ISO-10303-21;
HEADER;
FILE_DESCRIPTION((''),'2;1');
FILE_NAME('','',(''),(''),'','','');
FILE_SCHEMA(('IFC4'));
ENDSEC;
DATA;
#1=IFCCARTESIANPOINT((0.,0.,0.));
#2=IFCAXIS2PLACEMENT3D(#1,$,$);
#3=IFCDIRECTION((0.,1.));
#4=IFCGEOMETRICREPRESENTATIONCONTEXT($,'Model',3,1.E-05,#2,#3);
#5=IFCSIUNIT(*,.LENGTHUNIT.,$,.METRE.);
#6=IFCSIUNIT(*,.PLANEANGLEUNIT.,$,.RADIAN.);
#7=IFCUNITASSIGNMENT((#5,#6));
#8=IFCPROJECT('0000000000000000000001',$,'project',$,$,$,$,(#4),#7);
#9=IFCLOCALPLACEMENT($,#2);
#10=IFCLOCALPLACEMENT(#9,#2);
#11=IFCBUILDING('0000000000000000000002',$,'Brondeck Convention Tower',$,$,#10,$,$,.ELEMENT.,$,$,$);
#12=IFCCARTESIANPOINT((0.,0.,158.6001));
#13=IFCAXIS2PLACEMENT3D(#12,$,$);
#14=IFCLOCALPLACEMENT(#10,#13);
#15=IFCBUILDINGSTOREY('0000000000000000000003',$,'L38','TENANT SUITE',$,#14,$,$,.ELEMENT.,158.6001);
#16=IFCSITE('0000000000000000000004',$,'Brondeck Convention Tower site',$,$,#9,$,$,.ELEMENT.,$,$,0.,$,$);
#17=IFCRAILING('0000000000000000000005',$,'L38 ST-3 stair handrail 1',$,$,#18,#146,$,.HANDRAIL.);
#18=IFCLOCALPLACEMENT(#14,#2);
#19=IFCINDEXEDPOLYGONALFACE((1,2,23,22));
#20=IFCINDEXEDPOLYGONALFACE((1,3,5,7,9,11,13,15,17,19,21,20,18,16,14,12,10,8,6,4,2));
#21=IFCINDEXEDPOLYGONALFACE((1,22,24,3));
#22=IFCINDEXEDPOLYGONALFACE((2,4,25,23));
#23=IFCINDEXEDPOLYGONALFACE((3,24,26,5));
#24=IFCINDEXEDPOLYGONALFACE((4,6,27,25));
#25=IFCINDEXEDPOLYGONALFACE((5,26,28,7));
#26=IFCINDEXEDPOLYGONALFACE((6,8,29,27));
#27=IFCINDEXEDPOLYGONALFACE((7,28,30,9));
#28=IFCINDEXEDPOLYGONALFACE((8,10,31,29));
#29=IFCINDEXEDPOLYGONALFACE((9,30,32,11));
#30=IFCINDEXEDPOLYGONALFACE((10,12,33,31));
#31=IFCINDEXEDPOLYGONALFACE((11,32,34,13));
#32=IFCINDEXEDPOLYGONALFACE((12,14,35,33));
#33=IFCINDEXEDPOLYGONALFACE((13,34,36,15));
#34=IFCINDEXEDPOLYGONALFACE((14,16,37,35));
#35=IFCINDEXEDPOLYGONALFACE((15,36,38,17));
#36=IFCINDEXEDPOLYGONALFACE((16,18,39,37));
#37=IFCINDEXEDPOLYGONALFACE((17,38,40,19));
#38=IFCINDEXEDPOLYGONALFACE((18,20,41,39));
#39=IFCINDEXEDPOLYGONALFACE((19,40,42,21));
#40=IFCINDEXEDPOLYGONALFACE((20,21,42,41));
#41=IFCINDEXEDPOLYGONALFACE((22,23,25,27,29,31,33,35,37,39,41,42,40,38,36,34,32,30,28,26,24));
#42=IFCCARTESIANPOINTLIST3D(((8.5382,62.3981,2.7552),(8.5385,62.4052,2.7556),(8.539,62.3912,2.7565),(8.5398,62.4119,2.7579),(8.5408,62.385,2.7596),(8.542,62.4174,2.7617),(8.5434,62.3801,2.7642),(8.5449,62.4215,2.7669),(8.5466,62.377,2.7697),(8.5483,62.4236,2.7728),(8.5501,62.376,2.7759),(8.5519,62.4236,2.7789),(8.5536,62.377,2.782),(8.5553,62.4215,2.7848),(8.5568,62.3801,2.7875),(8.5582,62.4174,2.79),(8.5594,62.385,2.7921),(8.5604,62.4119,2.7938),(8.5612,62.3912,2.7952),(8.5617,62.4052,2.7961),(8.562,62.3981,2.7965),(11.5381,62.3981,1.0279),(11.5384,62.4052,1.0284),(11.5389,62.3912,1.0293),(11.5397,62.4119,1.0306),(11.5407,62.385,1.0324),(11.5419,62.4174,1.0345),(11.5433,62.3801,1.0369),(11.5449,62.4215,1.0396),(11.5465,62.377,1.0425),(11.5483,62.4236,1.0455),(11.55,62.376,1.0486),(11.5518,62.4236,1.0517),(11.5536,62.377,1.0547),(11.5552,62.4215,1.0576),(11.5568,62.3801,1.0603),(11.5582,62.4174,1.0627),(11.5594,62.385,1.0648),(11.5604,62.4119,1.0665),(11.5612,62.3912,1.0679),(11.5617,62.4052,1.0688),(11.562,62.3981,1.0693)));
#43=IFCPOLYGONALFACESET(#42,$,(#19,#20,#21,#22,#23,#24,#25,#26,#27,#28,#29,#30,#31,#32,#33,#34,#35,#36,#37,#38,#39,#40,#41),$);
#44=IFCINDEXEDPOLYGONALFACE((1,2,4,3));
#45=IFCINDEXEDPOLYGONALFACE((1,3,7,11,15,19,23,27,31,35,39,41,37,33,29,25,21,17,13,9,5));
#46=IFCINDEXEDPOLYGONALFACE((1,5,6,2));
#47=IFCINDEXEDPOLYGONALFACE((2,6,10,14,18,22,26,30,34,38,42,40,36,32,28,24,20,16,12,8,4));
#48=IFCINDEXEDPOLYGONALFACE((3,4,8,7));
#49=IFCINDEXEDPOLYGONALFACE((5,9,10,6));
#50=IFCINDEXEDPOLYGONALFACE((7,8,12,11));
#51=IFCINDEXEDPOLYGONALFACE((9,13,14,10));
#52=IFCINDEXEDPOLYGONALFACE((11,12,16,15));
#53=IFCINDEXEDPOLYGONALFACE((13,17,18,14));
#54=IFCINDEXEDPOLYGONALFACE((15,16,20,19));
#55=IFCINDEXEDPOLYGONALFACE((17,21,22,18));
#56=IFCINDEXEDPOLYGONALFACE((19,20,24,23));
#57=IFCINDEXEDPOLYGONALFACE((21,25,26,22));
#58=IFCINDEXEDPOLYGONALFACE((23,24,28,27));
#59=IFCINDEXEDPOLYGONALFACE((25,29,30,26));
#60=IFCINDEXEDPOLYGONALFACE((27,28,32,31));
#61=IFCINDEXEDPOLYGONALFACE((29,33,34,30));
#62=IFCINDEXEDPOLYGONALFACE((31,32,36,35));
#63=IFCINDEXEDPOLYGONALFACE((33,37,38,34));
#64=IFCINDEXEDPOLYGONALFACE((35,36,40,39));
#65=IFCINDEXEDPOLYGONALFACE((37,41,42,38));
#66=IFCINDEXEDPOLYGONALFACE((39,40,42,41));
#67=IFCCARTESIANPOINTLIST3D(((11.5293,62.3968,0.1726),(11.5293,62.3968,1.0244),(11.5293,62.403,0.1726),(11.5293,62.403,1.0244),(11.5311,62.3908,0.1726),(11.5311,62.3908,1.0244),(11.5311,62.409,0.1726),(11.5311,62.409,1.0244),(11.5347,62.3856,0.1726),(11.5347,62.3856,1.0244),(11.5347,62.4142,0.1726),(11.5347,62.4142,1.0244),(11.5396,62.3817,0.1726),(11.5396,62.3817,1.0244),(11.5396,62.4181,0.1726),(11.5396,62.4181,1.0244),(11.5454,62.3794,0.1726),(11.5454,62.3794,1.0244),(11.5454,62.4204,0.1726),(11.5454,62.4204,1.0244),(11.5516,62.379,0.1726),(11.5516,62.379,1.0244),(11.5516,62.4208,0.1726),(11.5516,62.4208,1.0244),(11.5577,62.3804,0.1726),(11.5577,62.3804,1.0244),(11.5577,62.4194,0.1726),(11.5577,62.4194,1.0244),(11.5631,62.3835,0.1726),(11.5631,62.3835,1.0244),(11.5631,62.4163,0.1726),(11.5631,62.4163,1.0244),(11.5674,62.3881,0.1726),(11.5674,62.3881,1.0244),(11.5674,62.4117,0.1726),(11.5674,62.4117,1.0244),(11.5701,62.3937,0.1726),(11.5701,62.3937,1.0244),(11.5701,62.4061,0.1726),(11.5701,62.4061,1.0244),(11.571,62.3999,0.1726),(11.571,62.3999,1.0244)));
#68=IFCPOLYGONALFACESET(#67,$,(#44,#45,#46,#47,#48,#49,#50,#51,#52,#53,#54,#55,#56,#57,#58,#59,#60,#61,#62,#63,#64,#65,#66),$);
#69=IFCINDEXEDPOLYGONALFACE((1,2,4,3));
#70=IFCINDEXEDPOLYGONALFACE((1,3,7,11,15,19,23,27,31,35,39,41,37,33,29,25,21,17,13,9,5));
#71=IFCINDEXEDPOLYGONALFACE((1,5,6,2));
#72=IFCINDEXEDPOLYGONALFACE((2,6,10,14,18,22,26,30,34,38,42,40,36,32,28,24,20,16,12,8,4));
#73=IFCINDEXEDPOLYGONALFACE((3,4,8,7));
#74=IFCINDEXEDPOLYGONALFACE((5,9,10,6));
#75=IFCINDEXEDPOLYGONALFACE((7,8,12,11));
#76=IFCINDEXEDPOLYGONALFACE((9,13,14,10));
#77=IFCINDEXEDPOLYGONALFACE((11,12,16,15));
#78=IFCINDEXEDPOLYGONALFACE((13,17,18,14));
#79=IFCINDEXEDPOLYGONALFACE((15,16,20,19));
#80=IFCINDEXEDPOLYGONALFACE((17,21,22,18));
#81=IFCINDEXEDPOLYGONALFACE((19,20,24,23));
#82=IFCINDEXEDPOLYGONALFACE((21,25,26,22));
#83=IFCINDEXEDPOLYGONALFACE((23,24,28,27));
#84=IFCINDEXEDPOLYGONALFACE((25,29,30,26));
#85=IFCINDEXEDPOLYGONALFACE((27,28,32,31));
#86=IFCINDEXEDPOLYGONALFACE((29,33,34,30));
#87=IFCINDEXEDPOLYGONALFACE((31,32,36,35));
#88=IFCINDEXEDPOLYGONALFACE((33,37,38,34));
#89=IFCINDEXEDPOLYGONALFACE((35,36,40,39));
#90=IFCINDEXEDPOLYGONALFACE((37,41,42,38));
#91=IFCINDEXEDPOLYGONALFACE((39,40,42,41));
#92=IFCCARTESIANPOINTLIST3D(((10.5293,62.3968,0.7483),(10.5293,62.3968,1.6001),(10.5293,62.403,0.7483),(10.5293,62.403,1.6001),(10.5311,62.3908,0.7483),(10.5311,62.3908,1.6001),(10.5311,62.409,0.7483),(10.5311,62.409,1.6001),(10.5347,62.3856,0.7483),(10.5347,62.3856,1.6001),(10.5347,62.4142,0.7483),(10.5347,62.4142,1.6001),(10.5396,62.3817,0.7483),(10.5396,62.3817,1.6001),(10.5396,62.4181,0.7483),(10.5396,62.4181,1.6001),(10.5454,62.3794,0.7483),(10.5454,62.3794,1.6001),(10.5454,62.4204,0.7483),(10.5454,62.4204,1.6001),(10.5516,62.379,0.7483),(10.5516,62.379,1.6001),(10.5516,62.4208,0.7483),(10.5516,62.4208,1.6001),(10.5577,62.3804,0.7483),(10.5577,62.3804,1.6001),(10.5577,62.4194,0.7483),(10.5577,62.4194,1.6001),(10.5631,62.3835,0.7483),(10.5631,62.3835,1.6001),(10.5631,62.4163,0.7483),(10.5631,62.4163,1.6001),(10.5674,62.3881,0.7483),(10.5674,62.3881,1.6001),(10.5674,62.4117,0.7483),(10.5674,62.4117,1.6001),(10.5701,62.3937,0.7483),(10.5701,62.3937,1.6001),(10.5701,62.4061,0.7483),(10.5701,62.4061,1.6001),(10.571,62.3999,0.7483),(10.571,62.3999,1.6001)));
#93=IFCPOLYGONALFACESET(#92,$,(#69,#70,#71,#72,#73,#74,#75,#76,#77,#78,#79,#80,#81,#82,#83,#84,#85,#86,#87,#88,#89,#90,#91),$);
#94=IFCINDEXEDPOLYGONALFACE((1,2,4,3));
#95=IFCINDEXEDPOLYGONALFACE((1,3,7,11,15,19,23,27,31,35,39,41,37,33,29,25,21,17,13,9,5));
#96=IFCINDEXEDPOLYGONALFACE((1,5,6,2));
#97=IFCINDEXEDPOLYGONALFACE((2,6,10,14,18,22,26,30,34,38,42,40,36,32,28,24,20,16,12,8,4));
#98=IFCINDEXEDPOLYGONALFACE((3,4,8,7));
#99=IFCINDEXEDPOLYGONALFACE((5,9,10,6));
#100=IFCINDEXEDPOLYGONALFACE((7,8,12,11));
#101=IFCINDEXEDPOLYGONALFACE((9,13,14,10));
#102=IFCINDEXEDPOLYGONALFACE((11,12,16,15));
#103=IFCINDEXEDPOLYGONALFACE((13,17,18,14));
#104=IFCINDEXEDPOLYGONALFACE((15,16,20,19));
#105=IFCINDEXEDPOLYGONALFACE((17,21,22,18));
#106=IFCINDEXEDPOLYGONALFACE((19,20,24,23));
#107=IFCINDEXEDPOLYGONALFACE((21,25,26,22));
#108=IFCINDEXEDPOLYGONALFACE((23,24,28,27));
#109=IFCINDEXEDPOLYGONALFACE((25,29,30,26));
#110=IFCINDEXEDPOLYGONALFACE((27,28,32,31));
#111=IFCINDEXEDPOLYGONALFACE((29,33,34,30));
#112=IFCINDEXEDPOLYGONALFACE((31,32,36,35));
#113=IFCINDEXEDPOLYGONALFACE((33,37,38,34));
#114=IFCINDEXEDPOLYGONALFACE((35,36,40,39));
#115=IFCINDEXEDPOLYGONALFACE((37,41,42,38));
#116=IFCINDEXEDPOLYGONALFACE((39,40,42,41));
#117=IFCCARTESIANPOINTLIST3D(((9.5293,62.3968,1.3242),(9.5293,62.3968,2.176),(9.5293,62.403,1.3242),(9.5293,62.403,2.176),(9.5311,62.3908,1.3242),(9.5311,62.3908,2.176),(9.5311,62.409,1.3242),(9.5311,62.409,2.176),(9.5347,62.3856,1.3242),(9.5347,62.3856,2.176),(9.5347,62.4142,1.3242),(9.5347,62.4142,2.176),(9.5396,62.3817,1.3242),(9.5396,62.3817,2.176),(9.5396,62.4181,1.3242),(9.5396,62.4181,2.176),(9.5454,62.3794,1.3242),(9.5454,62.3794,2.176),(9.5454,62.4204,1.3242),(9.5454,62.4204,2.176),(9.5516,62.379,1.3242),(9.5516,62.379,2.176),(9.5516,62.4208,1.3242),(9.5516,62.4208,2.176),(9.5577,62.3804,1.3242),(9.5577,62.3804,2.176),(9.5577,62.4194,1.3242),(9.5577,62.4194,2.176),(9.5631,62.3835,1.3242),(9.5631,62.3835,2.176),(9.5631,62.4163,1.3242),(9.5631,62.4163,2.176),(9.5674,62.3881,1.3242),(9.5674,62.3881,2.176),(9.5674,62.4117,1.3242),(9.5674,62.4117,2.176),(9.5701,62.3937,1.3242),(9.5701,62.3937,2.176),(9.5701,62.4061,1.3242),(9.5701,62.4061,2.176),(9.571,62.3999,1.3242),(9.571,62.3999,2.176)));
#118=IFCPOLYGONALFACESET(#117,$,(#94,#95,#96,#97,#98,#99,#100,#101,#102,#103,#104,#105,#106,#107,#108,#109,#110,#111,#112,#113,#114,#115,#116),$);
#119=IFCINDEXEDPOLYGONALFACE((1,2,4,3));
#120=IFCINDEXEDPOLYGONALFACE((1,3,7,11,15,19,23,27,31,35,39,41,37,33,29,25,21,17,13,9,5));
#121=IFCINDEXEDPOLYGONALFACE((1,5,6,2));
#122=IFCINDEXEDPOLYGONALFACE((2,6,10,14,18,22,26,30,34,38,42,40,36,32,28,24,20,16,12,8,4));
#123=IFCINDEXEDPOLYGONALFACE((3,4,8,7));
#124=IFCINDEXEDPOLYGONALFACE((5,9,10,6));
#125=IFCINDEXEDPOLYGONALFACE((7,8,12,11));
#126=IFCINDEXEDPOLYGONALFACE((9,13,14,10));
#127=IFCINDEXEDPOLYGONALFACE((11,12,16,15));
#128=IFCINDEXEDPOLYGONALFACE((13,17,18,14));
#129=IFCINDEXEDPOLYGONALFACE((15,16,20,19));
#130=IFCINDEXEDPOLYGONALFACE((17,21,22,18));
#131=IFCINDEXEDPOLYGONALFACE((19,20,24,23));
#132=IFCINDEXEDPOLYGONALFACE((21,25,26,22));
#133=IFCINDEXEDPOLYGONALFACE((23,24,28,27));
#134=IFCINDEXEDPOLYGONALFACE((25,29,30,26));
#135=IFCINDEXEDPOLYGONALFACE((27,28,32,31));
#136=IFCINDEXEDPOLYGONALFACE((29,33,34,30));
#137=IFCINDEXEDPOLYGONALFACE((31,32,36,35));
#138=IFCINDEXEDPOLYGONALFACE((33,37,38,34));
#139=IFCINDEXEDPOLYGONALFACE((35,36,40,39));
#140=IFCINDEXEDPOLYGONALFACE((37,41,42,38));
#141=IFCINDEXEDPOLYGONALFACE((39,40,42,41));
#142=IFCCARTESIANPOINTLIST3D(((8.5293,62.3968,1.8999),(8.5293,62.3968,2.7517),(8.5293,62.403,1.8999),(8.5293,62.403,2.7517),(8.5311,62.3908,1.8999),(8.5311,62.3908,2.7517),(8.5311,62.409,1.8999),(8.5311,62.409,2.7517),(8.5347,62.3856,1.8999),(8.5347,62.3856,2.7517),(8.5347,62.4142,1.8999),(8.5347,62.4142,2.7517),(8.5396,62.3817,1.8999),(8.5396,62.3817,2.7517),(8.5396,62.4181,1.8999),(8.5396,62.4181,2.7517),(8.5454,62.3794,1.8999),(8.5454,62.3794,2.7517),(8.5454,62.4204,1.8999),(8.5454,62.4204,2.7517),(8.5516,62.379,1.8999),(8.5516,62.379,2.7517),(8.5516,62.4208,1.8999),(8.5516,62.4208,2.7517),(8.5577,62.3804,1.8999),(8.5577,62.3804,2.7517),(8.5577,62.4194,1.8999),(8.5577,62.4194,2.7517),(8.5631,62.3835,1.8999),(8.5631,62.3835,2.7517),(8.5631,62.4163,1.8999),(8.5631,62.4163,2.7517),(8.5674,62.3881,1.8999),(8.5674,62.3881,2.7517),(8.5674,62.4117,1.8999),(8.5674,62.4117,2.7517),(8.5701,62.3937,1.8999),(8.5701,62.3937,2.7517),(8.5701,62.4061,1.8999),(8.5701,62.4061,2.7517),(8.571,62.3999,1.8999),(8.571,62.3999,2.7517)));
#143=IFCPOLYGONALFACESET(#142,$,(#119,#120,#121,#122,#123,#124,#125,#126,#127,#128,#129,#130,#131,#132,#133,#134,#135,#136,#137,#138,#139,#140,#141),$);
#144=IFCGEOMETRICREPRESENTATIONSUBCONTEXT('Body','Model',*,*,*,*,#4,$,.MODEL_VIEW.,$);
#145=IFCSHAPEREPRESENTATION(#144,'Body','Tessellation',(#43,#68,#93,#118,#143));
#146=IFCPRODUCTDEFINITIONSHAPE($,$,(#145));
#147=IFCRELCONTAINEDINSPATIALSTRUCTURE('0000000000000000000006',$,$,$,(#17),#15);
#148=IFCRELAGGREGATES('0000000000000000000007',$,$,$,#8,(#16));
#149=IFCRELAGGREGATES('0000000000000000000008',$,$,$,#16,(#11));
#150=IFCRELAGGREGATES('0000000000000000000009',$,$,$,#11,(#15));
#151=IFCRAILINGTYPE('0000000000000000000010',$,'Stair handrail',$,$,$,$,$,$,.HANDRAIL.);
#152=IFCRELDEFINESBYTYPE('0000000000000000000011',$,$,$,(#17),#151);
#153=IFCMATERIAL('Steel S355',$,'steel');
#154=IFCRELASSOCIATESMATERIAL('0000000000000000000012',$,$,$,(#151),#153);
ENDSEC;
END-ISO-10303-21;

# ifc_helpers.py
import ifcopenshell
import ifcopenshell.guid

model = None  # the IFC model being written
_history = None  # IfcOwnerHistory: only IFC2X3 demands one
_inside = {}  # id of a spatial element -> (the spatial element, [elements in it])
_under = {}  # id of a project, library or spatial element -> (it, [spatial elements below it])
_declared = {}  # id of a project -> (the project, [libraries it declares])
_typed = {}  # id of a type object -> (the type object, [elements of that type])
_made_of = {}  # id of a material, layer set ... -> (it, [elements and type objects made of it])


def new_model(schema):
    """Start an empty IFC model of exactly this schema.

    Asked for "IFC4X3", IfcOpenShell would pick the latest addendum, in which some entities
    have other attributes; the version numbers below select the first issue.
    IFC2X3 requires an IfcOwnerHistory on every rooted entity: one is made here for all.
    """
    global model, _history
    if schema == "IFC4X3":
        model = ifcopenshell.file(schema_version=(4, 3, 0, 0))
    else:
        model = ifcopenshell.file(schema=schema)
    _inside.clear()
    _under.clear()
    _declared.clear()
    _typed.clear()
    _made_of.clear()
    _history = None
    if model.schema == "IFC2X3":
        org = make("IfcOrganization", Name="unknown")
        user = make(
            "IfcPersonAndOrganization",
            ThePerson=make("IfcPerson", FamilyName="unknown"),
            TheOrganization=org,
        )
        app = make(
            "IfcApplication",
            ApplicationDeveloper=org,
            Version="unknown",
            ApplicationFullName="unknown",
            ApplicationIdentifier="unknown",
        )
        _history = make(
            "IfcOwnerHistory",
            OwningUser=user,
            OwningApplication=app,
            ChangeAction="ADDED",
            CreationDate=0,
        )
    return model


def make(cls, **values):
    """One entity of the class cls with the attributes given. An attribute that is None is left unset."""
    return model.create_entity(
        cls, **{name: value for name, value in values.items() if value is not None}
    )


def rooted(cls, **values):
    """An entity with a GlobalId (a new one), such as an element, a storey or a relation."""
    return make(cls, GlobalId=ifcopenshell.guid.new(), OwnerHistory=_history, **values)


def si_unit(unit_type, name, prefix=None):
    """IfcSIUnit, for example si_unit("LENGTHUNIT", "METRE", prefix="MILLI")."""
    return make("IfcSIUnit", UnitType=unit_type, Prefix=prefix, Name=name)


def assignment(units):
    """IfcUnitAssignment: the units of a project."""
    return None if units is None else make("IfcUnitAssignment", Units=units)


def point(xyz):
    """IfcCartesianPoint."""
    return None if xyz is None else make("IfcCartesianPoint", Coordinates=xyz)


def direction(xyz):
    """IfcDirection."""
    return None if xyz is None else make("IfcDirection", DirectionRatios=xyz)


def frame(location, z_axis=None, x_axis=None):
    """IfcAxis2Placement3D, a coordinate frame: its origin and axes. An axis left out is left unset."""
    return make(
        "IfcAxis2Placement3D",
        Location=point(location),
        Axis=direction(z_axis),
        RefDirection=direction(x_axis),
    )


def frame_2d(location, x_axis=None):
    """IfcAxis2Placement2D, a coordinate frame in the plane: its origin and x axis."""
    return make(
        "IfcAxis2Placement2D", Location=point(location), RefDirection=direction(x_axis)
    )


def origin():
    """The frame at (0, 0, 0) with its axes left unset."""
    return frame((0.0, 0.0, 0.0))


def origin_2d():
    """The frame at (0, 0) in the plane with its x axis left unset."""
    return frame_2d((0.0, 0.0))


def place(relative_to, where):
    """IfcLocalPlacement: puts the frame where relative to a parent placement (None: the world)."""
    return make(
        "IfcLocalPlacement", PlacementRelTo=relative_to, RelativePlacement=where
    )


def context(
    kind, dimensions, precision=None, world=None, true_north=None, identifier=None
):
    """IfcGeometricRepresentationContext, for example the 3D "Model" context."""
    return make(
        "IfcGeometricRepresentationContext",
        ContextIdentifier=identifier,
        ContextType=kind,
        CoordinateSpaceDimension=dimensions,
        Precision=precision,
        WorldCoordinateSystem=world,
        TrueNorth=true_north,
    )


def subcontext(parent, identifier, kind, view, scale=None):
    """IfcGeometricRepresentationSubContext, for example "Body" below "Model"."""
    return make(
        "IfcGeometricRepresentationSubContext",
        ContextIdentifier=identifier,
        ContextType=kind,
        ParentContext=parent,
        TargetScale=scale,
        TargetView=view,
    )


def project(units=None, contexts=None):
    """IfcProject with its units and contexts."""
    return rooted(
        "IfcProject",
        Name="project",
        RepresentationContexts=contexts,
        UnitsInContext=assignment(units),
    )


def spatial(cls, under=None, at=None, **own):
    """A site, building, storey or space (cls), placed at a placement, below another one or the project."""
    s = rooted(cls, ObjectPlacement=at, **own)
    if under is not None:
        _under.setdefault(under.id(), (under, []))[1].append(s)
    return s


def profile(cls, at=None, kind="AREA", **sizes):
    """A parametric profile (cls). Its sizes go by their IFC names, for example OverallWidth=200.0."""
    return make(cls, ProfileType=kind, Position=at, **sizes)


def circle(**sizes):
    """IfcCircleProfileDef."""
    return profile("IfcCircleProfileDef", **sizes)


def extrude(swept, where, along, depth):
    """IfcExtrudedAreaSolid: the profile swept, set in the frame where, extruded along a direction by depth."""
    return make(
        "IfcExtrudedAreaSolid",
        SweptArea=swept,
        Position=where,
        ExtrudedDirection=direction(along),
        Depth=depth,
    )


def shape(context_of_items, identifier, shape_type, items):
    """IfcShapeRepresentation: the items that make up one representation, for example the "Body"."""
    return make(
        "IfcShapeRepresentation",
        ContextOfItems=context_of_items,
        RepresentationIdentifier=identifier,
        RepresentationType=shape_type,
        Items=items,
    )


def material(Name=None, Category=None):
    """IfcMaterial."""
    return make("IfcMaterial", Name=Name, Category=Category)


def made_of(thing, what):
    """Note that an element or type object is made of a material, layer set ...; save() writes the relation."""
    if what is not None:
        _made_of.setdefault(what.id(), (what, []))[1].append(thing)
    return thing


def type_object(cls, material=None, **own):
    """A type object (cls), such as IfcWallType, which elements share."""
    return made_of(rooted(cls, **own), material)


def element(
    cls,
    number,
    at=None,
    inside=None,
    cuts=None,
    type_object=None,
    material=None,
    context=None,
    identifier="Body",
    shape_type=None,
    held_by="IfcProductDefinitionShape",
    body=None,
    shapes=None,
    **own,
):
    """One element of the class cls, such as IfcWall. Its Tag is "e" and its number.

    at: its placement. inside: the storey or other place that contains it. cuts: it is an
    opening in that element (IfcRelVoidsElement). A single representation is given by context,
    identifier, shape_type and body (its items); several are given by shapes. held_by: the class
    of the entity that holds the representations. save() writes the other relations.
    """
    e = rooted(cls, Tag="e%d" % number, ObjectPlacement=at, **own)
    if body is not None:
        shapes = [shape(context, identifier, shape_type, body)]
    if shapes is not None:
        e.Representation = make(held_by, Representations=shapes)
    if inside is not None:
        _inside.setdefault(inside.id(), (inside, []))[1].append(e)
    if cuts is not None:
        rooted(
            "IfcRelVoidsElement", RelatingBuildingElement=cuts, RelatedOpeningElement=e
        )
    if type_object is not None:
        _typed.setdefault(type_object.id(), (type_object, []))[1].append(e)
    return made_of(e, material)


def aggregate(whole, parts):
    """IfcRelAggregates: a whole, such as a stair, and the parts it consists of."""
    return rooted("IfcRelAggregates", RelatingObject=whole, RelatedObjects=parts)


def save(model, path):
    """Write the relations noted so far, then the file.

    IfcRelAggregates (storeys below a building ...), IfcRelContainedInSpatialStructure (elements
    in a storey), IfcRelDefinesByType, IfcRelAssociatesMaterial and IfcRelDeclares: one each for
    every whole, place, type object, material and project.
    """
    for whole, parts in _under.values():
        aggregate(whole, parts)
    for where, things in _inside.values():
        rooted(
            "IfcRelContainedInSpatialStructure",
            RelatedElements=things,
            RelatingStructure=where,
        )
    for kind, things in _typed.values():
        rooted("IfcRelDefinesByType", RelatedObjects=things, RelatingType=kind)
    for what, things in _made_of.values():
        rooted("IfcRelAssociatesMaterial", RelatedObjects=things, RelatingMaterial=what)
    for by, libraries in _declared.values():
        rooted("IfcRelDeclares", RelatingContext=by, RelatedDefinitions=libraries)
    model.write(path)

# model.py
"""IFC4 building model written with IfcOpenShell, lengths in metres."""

from ifc_helpers import new_model, si_unit, direction, frame, origin, origin_2d, place, context, subcontext, project, spatial, circle, extrude, material, type_object, element, save


model = new_model("IFC4")

# Units and contexts
model_context = context("Model", 3, precision=1e-05, world=origin(), true_north=direction((0.0, 1.0)))
body_context = subcontext(model_context, "Body", "Model", "MODEL_VIEW")
ifc_project = project(units=[si_unit("LENGTHUNIT", "METRE"), si_unit("PLANEANGLEUNIT", "RADIAN")], contexts=[model_context])

# Site, building, storey
site_placement = place(None, origin())
site = spatial("IfcSite", under=ifc_project, at=site_placement, Name="Brondeck Convention Tower site", CompositionType="ELEMENT", RefElevation=0.0)
building_placement = place(site_placement, origin())
building = spatial("IfcBuilding", under=site, at=building_placement, Name="Brondeck Convention Tower", CompositionType="ELEMENT")
storey_placement = place(building_placement, frame((0.0, 0.0, 158.6001)))
storey = spatial("IfcBuildingStorey", under=building, at=storey_placement, Name="L38", Description="TENANT SUITE", CompositionType="ELEMENT", Elevation=158.6001)

# Railing
ifc_material_1 = material(Name="Steel S355", Category="steel")
railing_type_1 = type_object("IfcRailingType", Name="Stair handrail", PredefinedType="HANDRAIL", material=ifc_material_1)
railing_1_placement = place(storey_placement, frame((11.55, 62.3999, 0.1726)))
element("IfcRailing", 1, at=railing_1_placement, inside=storey, type_object=railing_type_1, Name="L38 ST-3 stair handrail 1", PredefinedType="HANDRAIL", context=body_context, shape_type="SweptSolid", body=[
    extrude(circle(Radius=0.0239, at=origin_2d()), frame((0.0, 0.0, 0.876), z_axis=(-0.86662, 0.0, 0.498969), x_axis=(0.0, -1.0, 0.0)), (0.0, 0.0, 1.0), 3.4617),
    extrude(circle(Radius=0.021, at=origin_2d()), origin(), (0.0, 0.0, 1.0), 0.8518),
    extrude(circle(Radius=0.021, at=origin_2d()), frame((-1.0, 0.0, 0.5757)), (0.0, 0.0, 1.0), 0.8518),
    extrude(circle(Radius=0.021, at=origin_2d()), frame((-2.0, 0.0, 1.1516)), (0.0, 0.0, 1.0), 0.8518),
    extrude(circle(Radius=0.021, at=origin_2d()), frame((-3.0, 0.0, 1.7273)), (0.0, 0.0, 1.0), 0.8518),
])

save(model, "model.ifc")
